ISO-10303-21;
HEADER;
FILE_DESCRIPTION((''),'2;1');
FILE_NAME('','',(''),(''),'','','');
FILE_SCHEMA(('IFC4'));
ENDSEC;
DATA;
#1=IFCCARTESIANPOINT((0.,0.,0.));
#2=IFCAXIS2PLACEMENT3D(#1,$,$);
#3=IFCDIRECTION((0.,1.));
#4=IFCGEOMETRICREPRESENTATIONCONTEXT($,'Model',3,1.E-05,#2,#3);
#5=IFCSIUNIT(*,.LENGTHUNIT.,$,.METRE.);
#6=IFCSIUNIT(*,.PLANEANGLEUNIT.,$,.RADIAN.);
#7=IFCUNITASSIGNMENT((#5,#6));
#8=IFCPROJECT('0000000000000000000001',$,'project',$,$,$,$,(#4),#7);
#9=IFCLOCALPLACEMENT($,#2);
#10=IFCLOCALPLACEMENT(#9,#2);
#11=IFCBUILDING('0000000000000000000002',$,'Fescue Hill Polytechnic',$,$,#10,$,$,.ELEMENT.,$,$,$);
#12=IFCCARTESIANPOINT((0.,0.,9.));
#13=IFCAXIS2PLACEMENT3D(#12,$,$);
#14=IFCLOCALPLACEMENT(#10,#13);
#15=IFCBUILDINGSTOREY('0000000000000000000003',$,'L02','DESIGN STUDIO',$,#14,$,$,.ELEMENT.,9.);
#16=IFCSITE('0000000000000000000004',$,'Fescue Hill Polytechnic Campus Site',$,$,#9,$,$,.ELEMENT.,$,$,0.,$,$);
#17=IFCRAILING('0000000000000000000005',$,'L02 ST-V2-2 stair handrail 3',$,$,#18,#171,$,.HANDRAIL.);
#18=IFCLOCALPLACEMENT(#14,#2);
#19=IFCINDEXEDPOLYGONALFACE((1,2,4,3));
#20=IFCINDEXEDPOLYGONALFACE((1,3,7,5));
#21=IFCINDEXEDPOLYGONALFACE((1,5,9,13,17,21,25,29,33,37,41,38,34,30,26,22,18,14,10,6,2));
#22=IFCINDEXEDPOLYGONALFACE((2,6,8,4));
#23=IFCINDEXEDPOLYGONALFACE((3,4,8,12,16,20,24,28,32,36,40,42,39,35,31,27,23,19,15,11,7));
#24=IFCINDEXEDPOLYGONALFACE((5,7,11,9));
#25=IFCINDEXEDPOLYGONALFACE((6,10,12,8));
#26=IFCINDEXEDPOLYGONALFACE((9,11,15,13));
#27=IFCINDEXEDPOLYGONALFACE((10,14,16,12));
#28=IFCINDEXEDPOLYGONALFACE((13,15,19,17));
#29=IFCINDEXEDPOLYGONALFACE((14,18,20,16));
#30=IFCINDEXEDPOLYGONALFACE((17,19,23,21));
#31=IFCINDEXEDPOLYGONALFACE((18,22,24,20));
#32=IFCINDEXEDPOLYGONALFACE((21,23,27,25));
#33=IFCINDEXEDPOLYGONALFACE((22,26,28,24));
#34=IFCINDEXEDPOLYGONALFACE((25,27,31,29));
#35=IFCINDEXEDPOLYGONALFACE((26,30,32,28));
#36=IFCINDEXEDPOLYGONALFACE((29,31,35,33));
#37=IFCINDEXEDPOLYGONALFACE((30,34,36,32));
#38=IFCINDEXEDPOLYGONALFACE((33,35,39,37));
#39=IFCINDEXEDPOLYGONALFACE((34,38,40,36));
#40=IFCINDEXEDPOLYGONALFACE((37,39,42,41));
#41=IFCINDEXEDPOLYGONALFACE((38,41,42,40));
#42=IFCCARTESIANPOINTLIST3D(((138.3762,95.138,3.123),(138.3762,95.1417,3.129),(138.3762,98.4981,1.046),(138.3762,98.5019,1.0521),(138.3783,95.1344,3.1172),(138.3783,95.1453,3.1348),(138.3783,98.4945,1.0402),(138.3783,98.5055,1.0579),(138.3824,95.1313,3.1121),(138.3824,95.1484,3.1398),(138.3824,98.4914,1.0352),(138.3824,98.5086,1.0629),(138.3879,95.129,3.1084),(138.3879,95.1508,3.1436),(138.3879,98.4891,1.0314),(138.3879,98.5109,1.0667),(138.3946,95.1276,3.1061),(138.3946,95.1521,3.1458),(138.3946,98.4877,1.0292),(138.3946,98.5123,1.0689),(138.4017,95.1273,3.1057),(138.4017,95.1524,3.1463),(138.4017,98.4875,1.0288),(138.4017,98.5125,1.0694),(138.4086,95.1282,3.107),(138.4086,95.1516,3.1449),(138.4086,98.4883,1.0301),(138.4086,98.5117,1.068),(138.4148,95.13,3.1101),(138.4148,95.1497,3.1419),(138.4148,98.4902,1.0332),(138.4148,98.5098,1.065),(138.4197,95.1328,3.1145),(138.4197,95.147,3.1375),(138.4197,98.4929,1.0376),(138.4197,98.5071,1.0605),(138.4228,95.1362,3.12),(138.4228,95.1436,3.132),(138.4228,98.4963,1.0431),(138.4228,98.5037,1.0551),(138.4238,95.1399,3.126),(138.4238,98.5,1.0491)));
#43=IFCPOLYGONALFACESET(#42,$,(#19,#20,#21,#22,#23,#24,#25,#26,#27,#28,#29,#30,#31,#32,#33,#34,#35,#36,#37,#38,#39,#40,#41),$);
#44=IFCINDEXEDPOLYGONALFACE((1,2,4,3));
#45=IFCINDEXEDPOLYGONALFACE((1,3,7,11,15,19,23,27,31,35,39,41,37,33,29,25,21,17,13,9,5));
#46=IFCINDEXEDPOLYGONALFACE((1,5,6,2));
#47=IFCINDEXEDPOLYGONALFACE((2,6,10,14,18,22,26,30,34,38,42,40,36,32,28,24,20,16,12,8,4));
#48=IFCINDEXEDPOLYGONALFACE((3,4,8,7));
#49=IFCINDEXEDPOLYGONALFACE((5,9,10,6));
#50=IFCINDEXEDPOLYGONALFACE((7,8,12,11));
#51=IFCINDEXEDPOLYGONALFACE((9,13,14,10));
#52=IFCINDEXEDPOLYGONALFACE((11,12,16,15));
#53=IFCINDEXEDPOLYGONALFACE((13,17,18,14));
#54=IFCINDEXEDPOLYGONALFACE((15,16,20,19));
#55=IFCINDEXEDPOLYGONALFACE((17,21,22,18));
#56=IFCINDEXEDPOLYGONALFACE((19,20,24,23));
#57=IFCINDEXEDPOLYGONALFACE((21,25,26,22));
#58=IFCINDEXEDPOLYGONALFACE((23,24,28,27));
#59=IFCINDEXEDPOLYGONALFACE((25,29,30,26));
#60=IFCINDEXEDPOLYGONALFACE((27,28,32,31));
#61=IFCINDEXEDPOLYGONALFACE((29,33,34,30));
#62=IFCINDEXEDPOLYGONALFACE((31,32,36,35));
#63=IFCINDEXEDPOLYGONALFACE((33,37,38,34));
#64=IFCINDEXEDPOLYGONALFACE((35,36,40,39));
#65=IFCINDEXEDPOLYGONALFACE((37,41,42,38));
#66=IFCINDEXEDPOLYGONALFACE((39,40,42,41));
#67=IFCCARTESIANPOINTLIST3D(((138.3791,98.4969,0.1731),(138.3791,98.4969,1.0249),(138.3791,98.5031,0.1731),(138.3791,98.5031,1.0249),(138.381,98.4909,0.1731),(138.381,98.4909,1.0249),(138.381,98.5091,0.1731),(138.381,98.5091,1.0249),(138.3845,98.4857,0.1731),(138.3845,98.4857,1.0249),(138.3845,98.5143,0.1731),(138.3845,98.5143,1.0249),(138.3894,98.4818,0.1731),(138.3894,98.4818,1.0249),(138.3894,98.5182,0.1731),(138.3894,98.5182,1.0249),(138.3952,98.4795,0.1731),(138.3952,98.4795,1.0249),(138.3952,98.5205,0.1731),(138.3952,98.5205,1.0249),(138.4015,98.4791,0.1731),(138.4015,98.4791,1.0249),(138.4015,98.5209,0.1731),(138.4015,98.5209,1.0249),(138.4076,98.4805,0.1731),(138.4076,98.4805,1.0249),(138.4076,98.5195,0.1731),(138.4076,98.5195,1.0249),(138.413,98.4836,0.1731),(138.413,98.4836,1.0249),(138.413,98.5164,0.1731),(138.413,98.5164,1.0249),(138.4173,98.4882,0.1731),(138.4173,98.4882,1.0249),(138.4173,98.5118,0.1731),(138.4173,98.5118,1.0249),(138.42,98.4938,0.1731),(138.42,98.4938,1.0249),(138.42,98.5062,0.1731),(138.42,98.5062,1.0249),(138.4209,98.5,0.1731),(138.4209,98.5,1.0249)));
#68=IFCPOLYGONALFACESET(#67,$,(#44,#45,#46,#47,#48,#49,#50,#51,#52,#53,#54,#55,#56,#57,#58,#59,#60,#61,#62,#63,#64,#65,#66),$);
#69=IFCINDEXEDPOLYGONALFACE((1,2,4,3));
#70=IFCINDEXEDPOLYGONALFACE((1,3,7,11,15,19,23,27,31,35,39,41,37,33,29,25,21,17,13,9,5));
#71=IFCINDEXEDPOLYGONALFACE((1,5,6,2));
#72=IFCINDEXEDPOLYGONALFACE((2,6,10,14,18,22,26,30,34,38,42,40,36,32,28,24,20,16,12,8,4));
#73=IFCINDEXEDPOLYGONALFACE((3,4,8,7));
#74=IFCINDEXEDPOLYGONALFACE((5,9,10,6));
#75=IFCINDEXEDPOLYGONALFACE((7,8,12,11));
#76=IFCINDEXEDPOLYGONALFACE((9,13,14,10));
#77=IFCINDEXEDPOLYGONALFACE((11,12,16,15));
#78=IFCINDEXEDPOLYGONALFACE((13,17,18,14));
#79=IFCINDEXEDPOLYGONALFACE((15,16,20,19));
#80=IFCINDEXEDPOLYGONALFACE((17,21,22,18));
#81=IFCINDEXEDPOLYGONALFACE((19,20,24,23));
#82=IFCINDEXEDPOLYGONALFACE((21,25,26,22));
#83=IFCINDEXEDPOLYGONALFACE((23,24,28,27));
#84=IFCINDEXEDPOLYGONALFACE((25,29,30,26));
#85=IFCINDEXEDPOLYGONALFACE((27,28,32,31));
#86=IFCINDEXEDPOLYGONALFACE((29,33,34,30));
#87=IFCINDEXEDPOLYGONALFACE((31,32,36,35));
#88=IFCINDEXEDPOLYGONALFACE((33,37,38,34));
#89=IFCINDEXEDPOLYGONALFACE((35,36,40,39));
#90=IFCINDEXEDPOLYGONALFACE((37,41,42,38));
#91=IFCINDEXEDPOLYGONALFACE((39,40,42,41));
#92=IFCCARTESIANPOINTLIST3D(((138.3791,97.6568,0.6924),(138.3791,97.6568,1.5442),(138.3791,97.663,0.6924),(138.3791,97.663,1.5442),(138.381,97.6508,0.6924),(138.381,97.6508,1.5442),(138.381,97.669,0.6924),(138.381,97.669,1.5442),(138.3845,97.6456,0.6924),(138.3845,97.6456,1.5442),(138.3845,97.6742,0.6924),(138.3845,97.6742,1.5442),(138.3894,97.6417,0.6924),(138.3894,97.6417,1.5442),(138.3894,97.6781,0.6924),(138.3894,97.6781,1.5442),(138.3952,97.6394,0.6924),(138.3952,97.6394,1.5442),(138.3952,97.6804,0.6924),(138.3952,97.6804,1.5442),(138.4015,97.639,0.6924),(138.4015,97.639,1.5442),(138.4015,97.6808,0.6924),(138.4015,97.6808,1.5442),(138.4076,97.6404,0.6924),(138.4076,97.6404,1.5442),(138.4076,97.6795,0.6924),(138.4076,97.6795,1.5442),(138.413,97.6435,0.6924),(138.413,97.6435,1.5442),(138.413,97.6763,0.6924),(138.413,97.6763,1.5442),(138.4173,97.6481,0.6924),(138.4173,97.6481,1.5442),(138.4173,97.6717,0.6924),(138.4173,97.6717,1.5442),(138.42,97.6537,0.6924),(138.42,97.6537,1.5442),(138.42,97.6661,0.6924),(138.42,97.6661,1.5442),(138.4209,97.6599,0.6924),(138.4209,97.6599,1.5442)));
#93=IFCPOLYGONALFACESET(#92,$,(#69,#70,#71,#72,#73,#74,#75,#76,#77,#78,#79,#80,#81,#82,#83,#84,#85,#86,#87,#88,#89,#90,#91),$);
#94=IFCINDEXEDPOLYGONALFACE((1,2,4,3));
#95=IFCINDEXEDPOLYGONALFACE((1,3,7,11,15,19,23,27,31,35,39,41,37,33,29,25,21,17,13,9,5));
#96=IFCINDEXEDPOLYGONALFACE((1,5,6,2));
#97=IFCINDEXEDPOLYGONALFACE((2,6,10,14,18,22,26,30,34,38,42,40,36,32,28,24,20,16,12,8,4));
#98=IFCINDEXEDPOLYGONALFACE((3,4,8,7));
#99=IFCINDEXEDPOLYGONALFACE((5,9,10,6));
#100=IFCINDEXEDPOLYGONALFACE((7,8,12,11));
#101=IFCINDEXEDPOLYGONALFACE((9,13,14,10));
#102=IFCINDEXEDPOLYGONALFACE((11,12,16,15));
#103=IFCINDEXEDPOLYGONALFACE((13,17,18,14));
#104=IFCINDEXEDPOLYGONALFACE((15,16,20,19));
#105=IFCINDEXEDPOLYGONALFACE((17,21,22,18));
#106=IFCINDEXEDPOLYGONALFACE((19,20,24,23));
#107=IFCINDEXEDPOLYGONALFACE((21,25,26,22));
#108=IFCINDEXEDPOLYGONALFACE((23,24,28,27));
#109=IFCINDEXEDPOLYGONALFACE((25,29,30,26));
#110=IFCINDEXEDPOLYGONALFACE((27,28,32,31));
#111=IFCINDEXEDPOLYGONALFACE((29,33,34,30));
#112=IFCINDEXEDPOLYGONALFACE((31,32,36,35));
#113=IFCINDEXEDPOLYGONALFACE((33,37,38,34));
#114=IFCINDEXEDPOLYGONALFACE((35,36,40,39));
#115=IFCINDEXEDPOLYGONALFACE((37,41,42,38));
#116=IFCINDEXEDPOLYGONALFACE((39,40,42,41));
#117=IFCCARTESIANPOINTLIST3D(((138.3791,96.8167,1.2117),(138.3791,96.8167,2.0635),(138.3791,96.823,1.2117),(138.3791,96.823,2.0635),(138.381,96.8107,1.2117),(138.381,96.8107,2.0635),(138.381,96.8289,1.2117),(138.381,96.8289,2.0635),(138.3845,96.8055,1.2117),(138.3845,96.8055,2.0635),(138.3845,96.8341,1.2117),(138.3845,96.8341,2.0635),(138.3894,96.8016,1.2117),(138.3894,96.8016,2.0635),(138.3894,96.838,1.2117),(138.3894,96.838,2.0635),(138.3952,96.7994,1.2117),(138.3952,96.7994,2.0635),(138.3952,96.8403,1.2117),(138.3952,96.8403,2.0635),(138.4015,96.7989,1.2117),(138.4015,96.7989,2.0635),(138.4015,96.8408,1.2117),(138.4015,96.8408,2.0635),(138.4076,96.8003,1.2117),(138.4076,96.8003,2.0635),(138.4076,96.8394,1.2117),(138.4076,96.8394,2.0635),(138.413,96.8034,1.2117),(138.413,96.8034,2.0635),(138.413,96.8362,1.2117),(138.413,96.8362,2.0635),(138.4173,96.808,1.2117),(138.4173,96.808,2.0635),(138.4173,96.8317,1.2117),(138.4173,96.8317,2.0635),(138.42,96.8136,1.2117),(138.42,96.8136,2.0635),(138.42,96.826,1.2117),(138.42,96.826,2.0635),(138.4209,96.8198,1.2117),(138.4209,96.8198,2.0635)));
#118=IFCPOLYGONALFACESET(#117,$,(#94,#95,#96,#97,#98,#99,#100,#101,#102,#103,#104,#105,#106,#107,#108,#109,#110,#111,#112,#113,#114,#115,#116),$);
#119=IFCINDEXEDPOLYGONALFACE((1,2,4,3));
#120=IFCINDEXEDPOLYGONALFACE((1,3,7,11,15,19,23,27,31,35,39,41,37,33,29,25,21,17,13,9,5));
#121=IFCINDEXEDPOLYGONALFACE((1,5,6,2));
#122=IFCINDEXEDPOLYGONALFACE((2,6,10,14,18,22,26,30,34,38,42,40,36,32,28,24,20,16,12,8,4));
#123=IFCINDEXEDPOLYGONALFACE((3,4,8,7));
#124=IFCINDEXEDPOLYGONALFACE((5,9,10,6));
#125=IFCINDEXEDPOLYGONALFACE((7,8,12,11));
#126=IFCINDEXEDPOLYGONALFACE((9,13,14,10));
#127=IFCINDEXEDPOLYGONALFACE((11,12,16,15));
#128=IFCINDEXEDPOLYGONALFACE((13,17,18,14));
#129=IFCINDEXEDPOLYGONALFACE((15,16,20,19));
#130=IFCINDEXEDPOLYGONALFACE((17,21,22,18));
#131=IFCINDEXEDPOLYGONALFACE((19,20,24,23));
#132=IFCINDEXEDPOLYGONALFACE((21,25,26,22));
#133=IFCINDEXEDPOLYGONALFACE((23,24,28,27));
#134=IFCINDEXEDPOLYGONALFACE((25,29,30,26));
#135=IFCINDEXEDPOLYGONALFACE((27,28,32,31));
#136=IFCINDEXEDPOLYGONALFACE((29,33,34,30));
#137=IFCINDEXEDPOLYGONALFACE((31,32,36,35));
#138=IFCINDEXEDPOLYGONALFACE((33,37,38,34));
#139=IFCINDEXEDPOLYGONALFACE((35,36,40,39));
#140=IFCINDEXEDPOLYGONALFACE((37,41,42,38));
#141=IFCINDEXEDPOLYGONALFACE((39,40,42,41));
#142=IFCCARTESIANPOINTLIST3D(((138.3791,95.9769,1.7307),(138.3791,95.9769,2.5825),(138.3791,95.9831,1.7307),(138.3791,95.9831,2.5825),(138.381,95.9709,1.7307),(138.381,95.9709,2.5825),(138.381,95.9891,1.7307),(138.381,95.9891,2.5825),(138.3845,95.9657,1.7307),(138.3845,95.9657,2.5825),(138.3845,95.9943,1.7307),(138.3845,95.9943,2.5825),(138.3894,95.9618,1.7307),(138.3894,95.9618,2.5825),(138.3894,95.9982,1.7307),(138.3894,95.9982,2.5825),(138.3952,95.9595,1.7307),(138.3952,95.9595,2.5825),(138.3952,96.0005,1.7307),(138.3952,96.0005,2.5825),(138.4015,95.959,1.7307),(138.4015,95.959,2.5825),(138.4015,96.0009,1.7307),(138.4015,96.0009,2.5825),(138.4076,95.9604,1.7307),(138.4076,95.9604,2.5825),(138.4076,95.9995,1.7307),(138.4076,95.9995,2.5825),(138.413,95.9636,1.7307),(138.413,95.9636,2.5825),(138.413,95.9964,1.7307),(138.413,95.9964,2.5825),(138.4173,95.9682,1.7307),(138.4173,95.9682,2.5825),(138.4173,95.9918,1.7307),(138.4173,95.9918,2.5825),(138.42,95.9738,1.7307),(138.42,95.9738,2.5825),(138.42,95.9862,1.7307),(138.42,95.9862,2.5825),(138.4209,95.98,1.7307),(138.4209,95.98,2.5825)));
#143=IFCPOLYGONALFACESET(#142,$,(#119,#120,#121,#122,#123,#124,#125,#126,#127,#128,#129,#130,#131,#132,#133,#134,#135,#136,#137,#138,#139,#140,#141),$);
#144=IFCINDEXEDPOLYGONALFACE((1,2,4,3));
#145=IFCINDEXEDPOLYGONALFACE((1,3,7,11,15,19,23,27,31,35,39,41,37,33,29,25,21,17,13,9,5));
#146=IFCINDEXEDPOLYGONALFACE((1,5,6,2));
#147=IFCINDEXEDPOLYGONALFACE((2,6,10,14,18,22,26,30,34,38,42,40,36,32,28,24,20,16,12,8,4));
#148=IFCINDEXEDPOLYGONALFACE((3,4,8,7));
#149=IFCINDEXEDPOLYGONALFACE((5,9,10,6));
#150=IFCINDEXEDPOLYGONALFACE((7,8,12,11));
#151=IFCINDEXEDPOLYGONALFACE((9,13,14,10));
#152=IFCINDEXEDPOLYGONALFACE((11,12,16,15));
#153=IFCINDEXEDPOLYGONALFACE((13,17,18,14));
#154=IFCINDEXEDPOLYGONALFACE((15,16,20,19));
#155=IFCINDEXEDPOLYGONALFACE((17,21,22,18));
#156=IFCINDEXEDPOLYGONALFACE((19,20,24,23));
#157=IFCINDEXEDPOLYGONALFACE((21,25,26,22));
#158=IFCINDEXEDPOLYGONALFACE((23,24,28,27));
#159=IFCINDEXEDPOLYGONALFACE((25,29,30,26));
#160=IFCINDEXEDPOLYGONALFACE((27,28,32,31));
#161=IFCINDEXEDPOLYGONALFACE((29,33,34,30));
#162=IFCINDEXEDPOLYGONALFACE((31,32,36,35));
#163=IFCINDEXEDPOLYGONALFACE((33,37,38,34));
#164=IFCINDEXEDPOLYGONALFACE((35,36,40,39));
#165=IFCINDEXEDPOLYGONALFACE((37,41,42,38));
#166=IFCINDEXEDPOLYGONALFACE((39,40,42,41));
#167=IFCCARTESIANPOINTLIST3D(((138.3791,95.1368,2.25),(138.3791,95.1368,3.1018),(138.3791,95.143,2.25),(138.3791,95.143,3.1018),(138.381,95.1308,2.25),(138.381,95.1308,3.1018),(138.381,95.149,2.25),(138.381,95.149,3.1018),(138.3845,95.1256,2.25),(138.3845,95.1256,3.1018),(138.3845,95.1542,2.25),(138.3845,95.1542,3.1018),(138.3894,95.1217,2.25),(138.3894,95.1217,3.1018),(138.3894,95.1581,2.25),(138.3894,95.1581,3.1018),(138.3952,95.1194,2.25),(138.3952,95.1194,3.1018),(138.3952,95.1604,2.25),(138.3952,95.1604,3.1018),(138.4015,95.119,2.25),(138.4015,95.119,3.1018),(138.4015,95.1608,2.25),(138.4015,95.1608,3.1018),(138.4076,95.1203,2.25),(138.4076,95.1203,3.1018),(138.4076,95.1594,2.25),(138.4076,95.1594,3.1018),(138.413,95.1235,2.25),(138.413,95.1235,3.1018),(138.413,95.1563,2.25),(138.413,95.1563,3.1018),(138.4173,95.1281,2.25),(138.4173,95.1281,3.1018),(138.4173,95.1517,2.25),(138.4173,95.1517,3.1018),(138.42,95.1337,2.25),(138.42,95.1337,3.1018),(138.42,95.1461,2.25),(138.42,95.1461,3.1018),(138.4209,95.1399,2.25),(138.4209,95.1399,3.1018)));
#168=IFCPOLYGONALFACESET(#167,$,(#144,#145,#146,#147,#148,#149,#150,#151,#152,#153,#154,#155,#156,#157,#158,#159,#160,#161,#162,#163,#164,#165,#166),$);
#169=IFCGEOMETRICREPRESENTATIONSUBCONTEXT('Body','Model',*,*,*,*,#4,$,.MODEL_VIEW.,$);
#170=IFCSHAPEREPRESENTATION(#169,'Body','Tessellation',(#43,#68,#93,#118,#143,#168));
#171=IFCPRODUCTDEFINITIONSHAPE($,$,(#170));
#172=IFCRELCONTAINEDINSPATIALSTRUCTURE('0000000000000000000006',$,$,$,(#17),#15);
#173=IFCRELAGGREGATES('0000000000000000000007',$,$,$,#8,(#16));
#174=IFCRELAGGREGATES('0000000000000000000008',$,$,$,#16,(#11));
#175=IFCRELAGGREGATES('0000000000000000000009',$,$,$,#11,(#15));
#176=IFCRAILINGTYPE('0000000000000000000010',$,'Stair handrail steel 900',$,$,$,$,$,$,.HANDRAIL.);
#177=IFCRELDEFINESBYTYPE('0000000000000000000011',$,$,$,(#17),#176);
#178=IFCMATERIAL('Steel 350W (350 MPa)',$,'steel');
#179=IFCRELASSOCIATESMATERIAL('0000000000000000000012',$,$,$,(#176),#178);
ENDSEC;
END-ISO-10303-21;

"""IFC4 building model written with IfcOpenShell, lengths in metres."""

from ifc_helpers import new_model, si_unit, direction, frame, origin, origin_2d, place, context, subcontext, project, spatial, circle, extrude, material, type_object, element, save


model = new_model("IFC4")

# Units and contexts
model_context = context("Model", 3, precision=1e-05, world=origin(), true_north=direction((0.0, 1.0)))
body_context = subcontext(model_context, "Body", "Model", "MODEL_VIEW")
ifc_project = project(units=[si_unit("LENGTHUNIT", "METRE"), si_unit("PLANEANGLEUNIT", "RADIAN")], contexts=[model_context])

# Site, building, storey
site_placement = place(None, origin())
site = spatial("IfcSite", under=ifc_project, at=site_placement, Name="Fescue Hill Polytechnic Campus Site", CompositionType="ELEMENT", RefElevation=0.0)
building_placement = place(site_placement, origin())
building = spatial("IfcBuilding", under=site, at=building_placement, Name="Fescue Hill Polytechnic", CompositionType="ELEMENT")
storey_placement = place(building_placement, frame((0.0, 0.0, 9.0)))
storey = spatial("IfcBuildingStorey", under=building, at=storey_placement, Name="L02", Description="DESIGN STUDIO", CompositionType="ELEMENT", Elevation=9.0)

# Railing
ifc_material_1 = material(Name="Steel 350W (350 MPa)", Category="steel")
railing_type_1 = type_object("IfcRailingType", Name="Stair handrail steel 900", PredefinedType="HANDRAIL", material=ifc_material_1)
railing_1_placement = place(storey_placement, frame((138.3999, 98.5, 0.1731)))
element("IfcRailing", 1, at=railing_1_placement, inside=storey, type_object=railing_type_1, Name="L02 ST-V2-2 stair handrail 3", PredefinedType="HANDRAIL", context=body_context, shape_type="SweptSolid", body=[
    extrude(circle(Radius=0.0239, at=origin_2d()), frame((0.0, 0.0, 0.876), z_axis=(0.0, -0.850623, 0.525776), x_axis=(1.0, 0.0, 0.0)), (0.0, 0.0, 1.0), 3.9502),
    extrude(circle(Radius=0.021, at=origin_2d()), origin(), (0.0, 0.0, 1.0), 0.8518),
    extrude(circle(Radius=0.021, at=origin_2d()), frame((0.0, -0.8401, 0.5193)), (0.0, 0.0, 1.0), 0.8518),
    extrude(circle(Radius=0.021, at=origin_2d()), frame((0.0, -1.6802, 1.0386)), (0.0, 0.0, 1.0), 0.8518),
    extrude(circle(Radius=0.021, at=origin_2d()), frame((0.0, -2.52, 1.5576)), (0.0, 0.0, 1.0), 0.8518),
    extrude(circle(Radius=0.021, at=origin_2d()), frame((0.0, -3.3601, 2.0769)), (0.0, 0.0, 1.0), 0.8518),
])

save(model, "model.ifc")
